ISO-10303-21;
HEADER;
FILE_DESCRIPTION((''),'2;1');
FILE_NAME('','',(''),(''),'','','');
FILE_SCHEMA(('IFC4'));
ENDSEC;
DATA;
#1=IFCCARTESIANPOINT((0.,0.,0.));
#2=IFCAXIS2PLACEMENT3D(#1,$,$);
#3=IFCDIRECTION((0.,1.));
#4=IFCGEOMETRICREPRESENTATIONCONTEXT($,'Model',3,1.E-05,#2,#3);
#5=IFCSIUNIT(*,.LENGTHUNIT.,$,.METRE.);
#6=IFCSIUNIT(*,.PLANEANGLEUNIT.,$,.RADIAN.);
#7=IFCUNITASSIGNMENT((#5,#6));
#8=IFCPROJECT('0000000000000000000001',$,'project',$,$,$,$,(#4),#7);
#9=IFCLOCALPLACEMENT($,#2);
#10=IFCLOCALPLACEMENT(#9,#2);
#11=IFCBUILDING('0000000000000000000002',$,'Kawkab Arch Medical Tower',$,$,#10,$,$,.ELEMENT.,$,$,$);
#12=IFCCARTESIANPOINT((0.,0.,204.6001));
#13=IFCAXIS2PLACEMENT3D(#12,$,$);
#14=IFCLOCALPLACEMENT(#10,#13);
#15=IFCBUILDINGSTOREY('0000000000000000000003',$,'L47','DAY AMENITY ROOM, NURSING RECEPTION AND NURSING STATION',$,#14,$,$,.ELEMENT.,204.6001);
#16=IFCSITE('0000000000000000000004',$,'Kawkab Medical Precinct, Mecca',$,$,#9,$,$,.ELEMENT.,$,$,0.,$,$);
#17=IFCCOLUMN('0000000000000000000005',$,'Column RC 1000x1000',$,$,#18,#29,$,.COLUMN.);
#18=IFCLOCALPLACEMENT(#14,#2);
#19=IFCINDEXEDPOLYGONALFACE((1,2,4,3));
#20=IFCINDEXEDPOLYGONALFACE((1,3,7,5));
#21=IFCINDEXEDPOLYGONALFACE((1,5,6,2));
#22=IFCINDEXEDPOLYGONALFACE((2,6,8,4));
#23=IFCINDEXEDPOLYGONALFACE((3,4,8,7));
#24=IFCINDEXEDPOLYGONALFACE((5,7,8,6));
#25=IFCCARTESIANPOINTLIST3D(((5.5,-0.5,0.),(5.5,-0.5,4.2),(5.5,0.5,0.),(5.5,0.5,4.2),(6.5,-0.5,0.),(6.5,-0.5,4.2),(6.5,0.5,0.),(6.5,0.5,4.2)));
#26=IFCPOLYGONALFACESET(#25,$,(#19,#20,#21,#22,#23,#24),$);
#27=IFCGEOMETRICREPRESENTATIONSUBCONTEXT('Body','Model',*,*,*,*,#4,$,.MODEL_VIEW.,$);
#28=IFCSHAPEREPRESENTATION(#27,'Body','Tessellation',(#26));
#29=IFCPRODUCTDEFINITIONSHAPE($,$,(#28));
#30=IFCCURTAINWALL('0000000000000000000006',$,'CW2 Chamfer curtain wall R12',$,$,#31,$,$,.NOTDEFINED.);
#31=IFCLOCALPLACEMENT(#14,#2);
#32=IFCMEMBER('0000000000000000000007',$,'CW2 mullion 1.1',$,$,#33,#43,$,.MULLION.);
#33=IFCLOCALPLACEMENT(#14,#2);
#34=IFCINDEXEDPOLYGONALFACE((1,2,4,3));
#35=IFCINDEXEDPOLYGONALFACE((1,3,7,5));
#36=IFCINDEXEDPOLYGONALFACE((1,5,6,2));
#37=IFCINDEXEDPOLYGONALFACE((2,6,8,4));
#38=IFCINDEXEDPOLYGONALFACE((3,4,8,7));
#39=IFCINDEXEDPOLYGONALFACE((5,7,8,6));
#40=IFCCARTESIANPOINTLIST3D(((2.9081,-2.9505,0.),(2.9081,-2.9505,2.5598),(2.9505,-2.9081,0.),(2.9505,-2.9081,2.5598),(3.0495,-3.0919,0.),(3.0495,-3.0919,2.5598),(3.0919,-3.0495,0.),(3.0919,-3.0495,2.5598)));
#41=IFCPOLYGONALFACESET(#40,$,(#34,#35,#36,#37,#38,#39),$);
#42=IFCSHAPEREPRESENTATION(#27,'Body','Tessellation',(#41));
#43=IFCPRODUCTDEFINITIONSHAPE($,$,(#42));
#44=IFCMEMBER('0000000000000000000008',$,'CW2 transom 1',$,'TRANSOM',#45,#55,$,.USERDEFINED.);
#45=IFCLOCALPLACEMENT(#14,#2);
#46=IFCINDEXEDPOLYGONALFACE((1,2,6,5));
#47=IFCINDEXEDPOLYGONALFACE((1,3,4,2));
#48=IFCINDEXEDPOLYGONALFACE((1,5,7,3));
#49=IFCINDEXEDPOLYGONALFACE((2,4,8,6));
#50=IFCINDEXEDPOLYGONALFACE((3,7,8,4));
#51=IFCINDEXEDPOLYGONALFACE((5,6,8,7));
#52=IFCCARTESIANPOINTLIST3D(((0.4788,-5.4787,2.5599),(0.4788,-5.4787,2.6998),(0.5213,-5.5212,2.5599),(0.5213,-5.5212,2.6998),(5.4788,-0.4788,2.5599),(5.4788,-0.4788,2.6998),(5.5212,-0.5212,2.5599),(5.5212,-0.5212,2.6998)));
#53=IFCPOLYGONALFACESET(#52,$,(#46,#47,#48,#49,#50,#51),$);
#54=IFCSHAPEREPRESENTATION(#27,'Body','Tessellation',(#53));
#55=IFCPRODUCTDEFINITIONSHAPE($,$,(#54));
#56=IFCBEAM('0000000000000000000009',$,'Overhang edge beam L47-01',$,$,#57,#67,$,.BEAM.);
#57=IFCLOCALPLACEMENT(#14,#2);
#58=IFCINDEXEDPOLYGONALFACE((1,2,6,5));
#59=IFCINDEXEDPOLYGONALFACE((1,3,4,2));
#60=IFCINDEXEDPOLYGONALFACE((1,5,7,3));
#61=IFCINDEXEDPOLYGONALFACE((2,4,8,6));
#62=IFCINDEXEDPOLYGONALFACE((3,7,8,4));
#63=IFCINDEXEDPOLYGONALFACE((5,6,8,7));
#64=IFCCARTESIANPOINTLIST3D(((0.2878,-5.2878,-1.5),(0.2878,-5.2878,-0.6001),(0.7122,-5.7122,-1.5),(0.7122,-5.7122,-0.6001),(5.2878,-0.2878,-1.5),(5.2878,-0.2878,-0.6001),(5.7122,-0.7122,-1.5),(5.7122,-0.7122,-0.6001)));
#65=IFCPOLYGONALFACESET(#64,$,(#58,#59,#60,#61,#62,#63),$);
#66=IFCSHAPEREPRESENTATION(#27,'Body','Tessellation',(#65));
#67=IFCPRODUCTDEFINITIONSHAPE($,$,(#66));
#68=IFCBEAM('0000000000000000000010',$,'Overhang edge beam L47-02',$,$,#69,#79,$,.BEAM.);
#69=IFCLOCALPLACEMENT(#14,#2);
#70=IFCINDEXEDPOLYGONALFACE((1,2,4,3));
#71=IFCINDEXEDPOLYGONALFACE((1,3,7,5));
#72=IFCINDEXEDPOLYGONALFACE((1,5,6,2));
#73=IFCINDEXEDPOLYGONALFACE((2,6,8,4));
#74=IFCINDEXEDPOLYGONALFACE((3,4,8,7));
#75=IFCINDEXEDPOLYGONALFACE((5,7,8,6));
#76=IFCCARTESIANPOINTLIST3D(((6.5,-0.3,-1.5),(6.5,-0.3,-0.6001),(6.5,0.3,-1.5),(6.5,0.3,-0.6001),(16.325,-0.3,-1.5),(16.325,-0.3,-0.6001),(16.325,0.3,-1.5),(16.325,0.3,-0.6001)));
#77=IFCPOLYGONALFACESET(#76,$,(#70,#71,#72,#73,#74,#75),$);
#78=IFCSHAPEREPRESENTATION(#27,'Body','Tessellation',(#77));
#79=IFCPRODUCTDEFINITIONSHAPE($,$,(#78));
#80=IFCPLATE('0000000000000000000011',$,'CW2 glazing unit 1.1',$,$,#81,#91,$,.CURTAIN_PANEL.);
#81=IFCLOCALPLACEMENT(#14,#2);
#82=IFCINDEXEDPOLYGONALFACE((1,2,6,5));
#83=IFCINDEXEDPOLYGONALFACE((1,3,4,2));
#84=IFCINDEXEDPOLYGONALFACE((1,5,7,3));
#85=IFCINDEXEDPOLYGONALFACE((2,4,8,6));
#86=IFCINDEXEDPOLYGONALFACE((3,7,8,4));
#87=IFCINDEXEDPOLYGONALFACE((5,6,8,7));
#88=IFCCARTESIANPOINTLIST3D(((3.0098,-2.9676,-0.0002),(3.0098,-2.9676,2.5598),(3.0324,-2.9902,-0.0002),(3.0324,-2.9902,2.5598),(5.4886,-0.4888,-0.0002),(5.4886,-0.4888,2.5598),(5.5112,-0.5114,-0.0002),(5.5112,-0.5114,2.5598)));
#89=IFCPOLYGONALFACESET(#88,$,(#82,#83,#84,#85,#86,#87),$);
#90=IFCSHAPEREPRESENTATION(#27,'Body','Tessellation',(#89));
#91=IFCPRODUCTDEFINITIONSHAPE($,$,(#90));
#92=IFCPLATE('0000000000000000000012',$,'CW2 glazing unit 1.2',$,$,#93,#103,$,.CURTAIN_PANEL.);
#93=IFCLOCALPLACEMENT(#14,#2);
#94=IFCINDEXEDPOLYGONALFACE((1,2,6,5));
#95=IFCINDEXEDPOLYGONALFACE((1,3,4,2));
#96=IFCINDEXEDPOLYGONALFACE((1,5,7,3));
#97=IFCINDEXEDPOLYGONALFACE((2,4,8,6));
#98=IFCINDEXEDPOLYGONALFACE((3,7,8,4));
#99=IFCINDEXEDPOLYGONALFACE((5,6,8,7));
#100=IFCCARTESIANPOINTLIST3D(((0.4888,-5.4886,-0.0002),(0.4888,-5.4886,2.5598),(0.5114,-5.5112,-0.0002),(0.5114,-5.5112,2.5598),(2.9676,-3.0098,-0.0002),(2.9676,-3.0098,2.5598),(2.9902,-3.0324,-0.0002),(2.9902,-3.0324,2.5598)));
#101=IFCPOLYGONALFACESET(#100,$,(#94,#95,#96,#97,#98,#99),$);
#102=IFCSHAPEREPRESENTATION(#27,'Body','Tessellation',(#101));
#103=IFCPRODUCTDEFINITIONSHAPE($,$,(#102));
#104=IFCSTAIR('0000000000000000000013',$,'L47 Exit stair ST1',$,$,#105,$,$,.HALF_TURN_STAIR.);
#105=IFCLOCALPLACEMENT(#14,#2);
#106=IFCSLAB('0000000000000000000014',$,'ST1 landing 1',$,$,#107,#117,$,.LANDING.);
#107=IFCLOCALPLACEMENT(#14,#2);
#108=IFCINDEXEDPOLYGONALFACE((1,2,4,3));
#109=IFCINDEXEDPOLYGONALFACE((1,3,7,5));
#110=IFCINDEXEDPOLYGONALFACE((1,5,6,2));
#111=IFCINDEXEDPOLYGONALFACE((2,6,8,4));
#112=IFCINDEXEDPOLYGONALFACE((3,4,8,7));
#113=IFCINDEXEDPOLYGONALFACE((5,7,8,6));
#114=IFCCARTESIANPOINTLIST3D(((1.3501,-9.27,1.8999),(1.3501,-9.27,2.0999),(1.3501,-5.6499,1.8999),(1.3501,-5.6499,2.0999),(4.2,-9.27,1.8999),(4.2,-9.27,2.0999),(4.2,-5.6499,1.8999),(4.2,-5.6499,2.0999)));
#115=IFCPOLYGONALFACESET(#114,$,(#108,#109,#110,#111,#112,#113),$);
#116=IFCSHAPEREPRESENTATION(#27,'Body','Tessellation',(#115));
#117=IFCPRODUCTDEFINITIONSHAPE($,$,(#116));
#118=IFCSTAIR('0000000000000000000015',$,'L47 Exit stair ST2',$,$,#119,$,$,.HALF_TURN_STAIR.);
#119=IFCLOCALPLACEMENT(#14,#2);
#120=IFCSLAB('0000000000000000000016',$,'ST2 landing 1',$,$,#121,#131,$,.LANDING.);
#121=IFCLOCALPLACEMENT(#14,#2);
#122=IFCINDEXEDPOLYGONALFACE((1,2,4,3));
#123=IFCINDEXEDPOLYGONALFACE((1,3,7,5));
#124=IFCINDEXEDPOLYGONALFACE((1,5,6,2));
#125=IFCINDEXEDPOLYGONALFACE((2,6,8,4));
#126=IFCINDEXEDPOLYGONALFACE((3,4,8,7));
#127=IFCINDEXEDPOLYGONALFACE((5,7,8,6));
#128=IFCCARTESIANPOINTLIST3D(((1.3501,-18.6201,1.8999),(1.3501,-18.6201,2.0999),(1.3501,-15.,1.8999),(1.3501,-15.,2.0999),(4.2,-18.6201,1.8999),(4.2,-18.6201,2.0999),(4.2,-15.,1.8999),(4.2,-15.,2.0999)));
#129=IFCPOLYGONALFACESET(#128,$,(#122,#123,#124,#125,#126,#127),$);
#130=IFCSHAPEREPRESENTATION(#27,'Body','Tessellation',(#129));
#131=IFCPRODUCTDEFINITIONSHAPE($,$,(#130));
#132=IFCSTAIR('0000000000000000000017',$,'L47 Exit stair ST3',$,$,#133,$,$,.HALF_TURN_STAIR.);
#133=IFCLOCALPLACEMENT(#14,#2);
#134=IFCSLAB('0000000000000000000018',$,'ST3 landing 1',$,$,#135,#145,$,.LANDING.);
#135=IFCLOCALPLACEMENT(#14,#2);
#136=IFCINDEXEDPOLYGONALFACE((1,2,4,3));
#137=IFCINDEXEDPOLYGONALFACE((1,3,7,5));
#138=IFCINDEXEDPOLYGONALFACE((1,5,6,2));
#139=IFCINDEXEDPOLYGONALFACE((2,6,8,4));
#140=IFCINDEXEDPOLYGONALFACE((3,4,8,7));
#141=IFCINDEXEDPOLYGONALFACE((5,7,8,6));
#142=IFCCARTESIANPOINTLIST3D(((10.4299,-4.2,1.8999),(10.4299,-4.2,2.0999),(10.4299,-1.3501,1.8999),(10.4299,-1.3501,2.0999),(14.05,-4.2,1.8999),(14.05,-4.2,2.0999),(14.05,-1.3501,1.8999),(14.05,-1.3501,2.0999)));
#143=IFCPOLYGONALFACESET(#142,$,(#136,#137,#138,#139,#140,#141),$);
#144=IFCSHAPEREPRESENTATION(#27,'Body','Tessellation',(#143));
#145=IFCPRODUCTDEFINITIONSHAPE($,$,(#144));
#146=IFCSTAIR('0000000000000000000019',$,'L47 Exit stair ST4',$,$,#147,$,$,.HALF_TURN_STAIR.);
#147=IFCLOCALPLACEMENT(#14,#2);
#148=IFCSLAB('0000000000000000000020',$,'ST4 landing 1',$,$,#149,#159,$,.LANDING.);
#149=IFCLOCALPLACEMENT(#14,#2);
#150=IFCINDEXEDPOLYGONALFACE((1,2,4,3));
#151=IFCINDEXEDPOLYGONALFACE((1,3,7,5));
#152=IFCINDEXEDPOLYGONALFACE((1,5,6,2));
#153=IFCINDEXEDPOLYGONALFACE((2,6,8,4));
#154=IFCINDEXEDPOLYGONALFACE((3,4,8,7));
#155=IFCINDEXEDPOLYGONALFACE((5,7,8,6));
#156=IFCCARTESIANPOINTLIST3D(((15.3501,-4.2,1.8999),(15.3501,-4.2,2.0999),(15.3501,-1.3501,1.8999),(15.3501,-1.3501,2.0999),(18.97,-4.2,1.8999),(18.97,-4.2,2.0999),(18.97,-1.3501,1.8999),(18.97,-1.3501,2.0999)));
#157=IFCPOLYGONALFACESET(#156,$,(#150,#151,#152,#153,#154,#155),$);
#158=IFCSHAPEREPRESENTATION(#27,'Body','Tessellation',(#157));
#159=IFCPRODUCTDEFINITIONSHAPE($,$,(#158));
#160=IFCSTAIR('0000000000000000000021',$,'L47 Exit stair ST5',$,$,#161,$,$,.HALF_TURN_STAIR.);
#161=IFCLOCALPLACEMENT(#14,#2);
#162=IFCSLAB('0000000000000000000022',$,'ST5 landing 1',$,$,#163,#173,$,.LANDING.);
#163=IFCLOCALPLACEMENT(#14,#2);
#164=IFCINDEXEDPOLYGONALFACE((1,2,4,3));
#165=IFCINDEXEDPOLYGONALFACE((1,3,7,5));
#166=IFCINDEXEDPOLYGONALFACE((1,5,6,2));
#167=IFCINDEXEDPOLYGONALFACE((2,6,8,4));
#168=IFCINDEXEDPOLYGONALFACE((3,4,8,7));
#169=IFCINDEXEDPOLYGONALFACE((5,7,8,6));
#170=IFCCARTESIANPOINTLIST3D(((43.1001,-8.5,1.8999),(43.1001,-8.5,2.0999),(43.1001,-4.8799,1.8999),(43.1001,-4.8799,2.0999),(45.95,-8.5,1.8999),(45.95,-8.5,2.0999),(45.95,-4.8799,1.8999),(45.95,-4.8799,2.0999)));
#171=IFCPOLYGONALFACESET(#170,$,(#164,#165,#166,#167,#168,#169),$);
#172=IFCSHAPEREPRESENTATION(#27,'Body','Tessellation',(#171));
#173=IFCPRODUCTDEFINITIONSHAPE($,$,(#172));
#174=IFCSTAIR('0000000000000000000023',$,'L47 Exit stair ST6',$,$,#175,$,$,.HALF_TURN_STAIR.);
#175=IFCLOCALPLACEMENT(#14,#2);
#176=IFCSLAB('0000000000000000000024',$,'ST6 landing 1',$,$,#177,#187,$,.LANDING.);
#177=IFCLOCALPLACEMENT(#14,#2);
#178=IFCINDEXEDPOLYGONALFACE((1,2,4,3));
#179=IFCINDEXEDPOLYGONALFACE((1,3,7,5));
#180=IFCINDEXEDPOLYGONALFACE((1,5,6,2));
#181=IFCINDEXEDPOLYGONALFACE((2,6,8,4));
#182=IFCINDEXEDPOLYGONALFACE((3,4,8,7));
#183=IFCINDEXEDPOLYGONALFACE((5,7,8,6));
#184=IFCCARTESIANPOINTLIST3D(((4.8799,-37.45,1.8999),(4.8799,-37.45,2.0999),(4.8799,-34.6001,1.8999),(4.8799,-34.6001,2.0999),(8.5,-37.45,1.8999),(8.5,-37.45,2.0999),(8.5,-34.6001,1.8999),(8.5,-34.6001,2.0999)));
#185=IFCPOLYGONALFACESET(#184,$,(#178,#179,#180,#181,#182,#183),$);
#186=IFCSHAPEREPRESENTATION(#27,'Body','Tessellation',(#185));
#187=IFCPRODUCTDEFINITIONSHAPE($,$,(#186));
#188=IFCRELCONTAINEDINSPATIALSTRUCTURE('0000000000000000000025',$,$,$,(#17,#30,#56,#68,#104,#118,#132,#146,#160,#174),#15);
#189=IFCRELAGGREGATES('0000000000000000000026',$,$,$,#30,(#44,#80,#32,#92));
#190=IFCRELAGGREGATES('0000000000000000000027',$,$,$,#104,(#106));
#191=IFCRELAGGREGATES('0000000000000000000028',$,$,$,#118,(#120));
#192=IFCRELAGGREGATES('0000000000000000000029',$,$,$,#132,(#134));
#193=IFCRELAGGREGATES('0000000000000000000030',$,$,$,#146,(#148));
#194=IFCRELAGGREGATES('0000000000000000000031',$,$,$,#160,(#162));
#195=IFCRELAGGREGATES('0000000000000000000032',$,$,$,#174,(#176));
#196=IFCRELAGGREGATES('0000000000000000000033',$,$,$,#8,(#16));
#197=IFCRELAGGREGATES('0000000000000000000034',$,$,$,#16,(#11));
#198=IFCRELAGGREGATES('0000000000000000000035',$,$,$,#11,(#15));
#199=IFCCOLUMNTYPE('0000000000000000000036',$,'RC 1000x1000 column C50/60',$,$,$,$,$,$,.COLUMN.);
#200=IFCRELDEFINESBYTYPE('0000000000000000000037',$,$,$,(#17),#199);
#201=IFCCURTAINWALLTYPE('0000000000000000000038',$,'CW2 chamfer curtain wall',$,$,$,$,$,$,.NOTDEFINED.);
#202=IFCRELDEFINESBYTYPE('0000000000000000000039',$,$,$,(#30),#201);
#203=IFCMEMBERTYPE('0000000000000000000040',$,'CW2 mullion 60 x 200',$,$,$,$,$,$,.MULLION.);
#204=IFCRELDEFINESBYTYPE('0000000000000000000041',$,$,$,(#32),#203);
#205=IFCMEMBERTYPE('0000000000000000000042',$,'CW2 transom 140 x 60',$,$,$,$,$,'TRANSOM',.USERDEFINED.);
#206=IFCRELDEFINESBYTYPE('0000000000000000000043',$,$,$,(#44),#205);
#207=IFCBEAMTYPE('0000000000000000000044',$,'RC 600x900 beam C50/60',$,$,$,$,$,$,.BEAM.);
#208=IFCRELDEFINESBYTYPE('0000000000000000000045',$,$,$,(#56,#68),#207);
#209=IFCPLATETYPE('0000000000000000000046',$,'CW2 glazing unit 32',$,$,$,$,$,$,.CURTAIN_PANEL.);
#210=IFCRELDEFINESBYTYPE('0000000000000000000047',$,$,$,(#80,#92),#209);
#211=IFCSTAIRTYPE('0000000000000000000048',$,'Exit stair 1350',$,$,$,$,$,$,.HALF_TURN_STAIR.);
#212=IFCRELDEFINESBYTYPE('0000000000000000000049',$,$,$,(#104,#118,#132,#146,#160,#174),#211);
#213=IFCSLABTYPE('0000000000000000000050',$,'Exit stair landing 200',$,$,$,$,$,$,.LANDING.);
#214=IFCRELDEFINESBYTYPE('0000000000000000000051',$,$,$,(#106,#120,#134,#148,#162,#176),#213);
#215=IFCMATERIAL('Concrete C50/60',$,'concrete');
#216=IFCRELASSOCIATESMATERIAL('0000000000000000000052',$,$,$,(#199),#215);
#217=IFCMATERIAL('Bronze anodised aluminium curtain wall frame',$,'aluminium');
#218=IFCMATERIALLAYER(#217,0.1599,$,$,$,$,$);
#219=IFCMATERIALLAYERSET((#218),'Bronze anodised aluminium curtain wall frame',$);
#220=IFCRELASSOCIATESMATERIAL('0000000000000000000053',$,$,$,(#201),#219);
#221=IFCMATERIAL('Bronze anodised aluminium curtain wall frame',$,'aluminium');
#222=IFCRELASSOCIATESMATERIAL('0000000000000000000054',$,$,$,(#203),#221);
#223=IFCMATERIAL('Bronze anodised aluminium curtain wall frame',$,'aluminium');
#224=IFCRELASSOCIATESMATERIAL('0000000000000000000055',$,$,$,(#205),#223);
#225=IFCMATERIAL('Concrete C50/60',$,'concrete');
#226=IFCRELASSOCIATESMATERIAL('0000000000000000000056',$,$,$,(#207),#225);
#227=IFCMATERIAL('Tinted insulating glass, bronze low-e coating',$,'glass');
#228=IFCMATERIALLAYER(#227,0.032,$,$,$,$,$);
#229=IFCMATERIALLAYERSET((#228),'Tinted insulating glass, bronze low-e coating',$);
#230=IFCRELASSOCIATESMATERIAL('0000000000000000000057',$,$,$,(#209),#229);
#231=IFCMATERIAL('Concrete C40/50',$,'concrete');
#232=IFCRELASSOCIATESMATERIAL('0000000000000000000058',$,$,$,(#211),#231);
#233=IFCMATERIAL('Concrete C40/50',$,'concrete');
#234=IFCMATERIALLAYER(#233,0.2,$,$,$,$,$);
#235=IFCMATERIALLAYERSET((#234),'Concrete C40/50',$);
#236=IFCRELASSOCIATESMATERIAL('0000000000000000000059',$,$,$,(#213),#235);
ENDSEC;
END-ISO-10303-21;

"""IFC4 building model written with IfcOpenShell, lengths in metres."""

from ifc_helpers import new_model, si_unit, direction, frame, origin, origin_2d, place, context, subcontext, project, spatial, polyline, rectangle, outline, extrude, material, layer, layer_set, material_profile, profile_set, type_object, element, aggregate, save


model = new_model("IFC4")

# Units and contexts
model_context = context("Model", 3, precision=1e-05, world=origin(), true_north=direction((0.0, 1.0)))
body_context = subcontext(model_context, "Body", "Model", "MODEL_VIEW")
ifc_project = project(units=[si_unit("LENGTHUNIT", "METRE"), si_unit("PLANEANGLEUNIT", "RADIAN")], contexts=[model_context])

# Site, building, storey
site_placement = place(None, origin())
site = spatial("IfcSite", under=ifc_project, at=site_placement, Name="Kawkab Medical Precinct, Mecca", CompositionType="ELEMENT", RefElevation=0.0)
building_placement = place(site_placement, origin())
building = spatial("IfcBuilding", under=site, at=building_placement, Name="Kawkab Arch Medical Tower", CompositionType="ELEMENT")
storey_placement = place(building_placement, frame((0.0, 0.0, 204.6001)))
storey = spatial("IfcBuildingStorey", under=building, at=storey_placement, Name="L47", Description="DAY AMENITY ROOM, NURSING RECEPTION AND NURSING STATION", CompositionType="ELEMENT", Elevation=204.6001)

# Column
ifc_material_1 = material(Name="Concrete C50/60", Category="concrete")
ifc_material_profile_1 = material_profile(ifc_material_1, rectangle(XDim=1.0, YDim=1.0, at=origin_2d()), Name="RC 1000x1000")
ifc_profile_set_1 = profile_set([ifc_material_profile_1], Name="Concrete C50/60")
column_type = type_object("IfcColumnType", Name="RC 1000x1000 column C50/60", PredefinedType="COLUMN", material=ifc_profile_set_1)
column_placement = place(storey_placement, frame((6.0, 0.0, 0.0), z_axis=(0.0, 0.0, 1.0), x_axis=(1.0, 0.0, 0.0)))
element("IfcColumn", 1, at=column_placement, inside=storey, type_object=column_type, Name="Column RC 1000x1000", PredefinedType="COLUMN", context=body_context, shape_type="SweptSolid", body=[
    extrude(rectangle(XDim=1.0, YDim=1.0, at=origin_2d()), origin(), (0.0, 0.0, 1.0), 4.2),
])

# Curtain wall, members
ifc_material_2 = material(Name="Bronze anodised aluminium curtain wall frame", Category="aluminium")
ifc_layer_1 = layer(ifc_material_2, 0.1599)
ifc_layer_set_1 = layer_set([ifc_layer_1], Name="Bronze anodised aluminium curtain wall frame")
curtain_wall_type = type_object("IfcCurtainWallType", Name="CW2 chamfer curtain wall", PredefinedType="NOTDEFINED", material=ifc_layer_set_1)
placement_1 = place(storey_placement, origin())
curtain_wall = element("IfcCurtainWall", 2, at=placement_1, inside=storey, type_object=curtain_wall_type, Name="CW2 Chamfer curtain wall R12", PredefinedType="NOTDEFINED")
ifc_material_3 = material(Name="Bronze anodised aluminium curtain wall frame", Category="aluminium")
ifc_material_profile_2 = material_profile(ifc_material_3, rectangle(XDim=0.2, YDim=0.0601, at=origin_2d()), Name="AL 60x200")
ifc_profile_set_2 = profile_set([ifc_material_profile_2], Name="Bronze anodised aluminium curtain wall frame")
member_type_1 = type_object("IfcMemberType", Name="CW2 mullion 60 x 200", PredefinedType="MULLION", material=ifc_profile_set_2)
member_1_placement = place(storey_placement, frame((3.0, -3.0, 0.0), z_axis=(0.0, 0.0, 1.0), x_axis=(0.707107, -0.707107, 0.0)))
member_1 = element("IfcMember", 3, at=member_1_placement, type_object=member_type_1, Name="CW2 mullion 1.1", PredefinedType="MULLION", context=body_context, shape_type="SweptSolid", body=[
    extrude(rectangle(XDim=0.2, YDim=0.0601, at=origin_2d()), origin(), (0.0, 0.0, 1.0), 2.5598),
])
ifc_material_4 = material(Name="Bronze anodised aluminium curtain wall frame", Category="aluminium")
ifc_material_profile_3 = material_profile(ifc_material_4, rectangle(XDim=0.0601, YDim=0.1399, at=origin_2d()), Name="AL 60x140")
ifc_profile_set_3 = profile_set([ifc_material_profile_3], Name="Bronze anodised aluminium curtain wall frame")
member_type_2 = type_object("IfcMemberType", Name="CW2 transom 140 x 60", ElementType="TRANSOM", PredefinedType="USERDEFINED", material=ifc_profile_set_3)
member_2_placement = place(storey_placement, frame((5.5, -0.5, 2.6299), z_axis=(-0.707107, -0.707107, 0.0), x_axis=(0.707107, -0.707107, 0.0)))
member_2 = element("IfcMember", 4, at=member_2_placement, type_object=member_type_2, Name="CW2 transom 1", ObjectType="TRANSOM", PredefinedType="USERDEFINED", context=body_context, shape_type="SweptSolid", body=[
    extrude(rectangle(XDim=0.0601, YDim=0.1399, at=origin_2d()), origin(), (0.0, 0.0, 1.0), 7.071),
])

# Beams
ifc_material_5 = material(Name="Concrete C50/60", Category="concrete")
ifc_material_profile_4 = material_profile(ifc_material_5, rectangle(XDim=0.6001, YDim=0.8999, at=origin_2d()), Name="RC 600x900")
ifc_profile_set_4 = profile_set([ifc_material_profile_4], Name="Concrete C50/60")
beam_type = type_object("IfcBeamType", Name="RC 600x900 beam C50/60", PredefinedType="BEAM", material=ifc_profile_set_4)
beam_1_placement = place(storey_placement, frame((0.5, -5.5, -1.05), z_axis=(0.707107, 0.707107, 0.0), x_axis=(-0.707107, 0.707107, 0.0)))
element("IfcBeam", 5, at=beam_1_placement, inside=storey, type_object=beam_type, Name="Overhang edge beam L47-01", PredefinedType="BEAM", context=body_context, shape_type="SweptSolid", body=[
    extrude(rectangle(XDim=0.6001, YDim=0.8999, at=origin_2d()), origin(), (0.0, 0.0, 1.0), 7.071),
])
beam_2_placement = place(storey_placement, frame((6.5, 0.0, -1.05), z_axis=(1.0, 0.0, 0.0), x_axis=(0.0, 1.0, 0.0)))
element("IfcBeam", 6, at=beam_2_placement, inside=storey, type_object=beam_type, Name="Overhang edge beam L47-02", PredefinedType="BEAM", context=body_context, shape_type="SweptSolid", body=[
    extrude(rectangle(XDim=0.6001, YDim=0.8999, at=origin_2d()), origin(), (0.0, 0.0, 1.0), 9.825),
])

# Plates
ifc_material_6 = material(Name="Tinted insulating glass, bronze low-e coating", Category="glass")
ifc_layer_2 = layer(ifc_material_6, 0.032)
ifc_layer_set_2 = layer_set([ifc_layer_2], Name="Tinted insulating glass, bronze low-e coating")
plate_type = type_object("IfcPlateType", Name="CW2 glazing unit 32", PredefinedType="CURTAIN_PANEL", material=ifc_layer_set_2)
plate_1_placement = place(storey_placement, frame((4.2605, -1.7395, -0.0002), z_axis=(0.0, 0.0, 1.0), x_axis=(-0.707107, -0.707107, 0.0)))
plate_1 = element("IfcPlate", 7, at=plate_1_placement, type_object=plate_type, Name="CW2 glazing unit 1.1", PredefinedType="CURTAIN_PANEL", context=body_context, shape_type="SweptSolid", body=[
    extrude(rectangle(XDim=3.5056, YDim=0.032, at=origin_2d()), origin(), (0.0, 0.0, 1.0), 2.5601),
])
plate_2_placement = place(storey_placement, frame((1.7395, -4.2605, -0.0002), z_axis=(0.0, 0.0, 1.0), x_axis=(-0.707107, -0.707107, 0.0)))
plate_2 = element("IfcPlate", 8, at=plate_2_placement, type_object=plate_type, Name="CW2 glazing unit 1.2", PredefinedType="CURTAIN_PANEL", context=body_context, shape_type="SweptSolid", body=[
    extrude(rectangle(XDim=3.5056, YDim=0.032, at=origin_2d()), origin(), (0.0, 0.0, 1.0), 2.5601),
])
aggregate(curtain_wall, [member_2, plate_1, member_1, plate_2])

# Stairs, slabs
ifc_material_7 = material(Name="Concrete C40/50", Category="concrete")
stair_type = type_object("IfcStairType", Name="Exit stair 1350", PredefinedType="HALF_TURN_STAIR", material=ifc_material_7)
stair_1 = element("IfcStair", 9, at=placement_1, inside=storey, type_object=stair_type, Name="L47 Exit stair ST1", PredefinedType="HALF_TURN_STAIR")
ifc_material_8 = material(Name="Concrete C40/50", Category="concrete")
ifc_layer_3 = layer(ifc_material_8, 0.2)
ifc_layer_set_3 = layer_set([ifc_layer_3], Name="Concrete C40/50")
slab_type_1 = type_object("IfcSlabType", Name="Exit stair landing 200", PredefinedType="LANDING", material=ifc_layer_set_3)
placement_2 = place(storey_placement, frame((0.0, 0.0, 1.8999)))
slab_1 = element("IfcSlab", 10, at=placement_2, type_object=slab_type_1, Name="ST1 landing 1", PredefinedType="LANDING", context=body_context, shape_type="SweptSolid", body=[
    extrude(outline(polyline([(4.2, -9.27), (4.2, -5.6499), (1.3501, -5.6499), (1.3501, -9.27), (4.2, -9.27)])), origin(), (0.0, 0.0, 1.0), 0.2),
])
aggregate(stair_1, [slab_1])
stair_2 = element("IfcStair", 11, at=placement_1, inside=storey, type_object=stair_type, Name="L47 Exit stair ST2", PredefinedType="HALF_TURN_STAIR")
slab_2 = element("IfcSlab", 12, at=placement_2, type_object=slab_type_1, Name="ST2 landing 1", PredefinedType="LANDING", context=body_context, shape_type="SweptSolid", body=[
    extrude(outline(polyline([(4.2, -18.6201), (4.2, -15.0), (1.3501, -15.0), (1.3501, -18.6201), (4.2, -18.6201)])), origin(), (0.0, 0.0, 1.0), 0.2),
])
aggregate(stair_2, [slab_2])
stair_3 = element("IfcStair", 13, at=placement_1, inside=storey, type_object=stair_type, Name="L47 Exit stair ST3", PredefinedType="HALF_TURN_STAIR")
slab_3 = element("IfcSlab", 14, at=placement_2, type_object=slab_type_1, Name="ST3 landing 1", PredefinedType="LANDING", context=body_context, shape_type="SweptSolid", body=[
    extrude(outline(polyline([(10.4299, -4.2), (14.05, -4.2), (14.05, -1.3501), (10.4299, -1.3501), (10.4299, -4.2)])), origin(), (0.0, 0.0, 1.0), 0.2),
])
aggregate(stair_3, [slab_3])
stair_4 = element("IfcStair", 15, at=placement_1, inside=storey, type_object=stair_type, Name="L47 Exit stair ST4", PredefinedType="HALF_TURN_STAIR")
slab_4 = element("IfcSlab", 16, at=placement_2, type_object=slab_type_1, Name="ST4 landing 1", PredefinedType="LANDING", context=body_context, shape_type="SweptSolid", body=[
    extrude(outline(polyline([(18.97, -1.3501), (15.3501, -1.3501), (15.3501, -4.2), (18.97, -4.2), (18.97, -1.3501)])), origin(), (0.0, 0.0, 1.0), 0.2),
])
aggregate(stair_4, [slab_4])
stair_5 = element("IfcStair", 17, at=placement_1, inside=storey, type_object=stair_type, Name="L47 Exit stair ST5", PredefinedType="HALF_TURN_STAIR")
slab_5 = element("IfcSlab", 18, at=placement_2, type_object=slab_type_1, Name="ST5 landing 1", PredefinedType="LANDING", context=body_context, shape_type="SweptSolid", body=[
    extrude(outline(polyline([(43.1001, -4.8799), (43.1001, -8.5), (45.95, -8.5), (45.95, -4.8799), (43.1001, -4.8799)])), origin(), (0.0, 0.0, 1.0), 0.2),
])
aggregate(stair_5, [slab_5])
stair_6 = element("IfcStair", 19, at=placement_1, inside=storey, type_object=stair_type, Name="L47 Exit stair ST6", PredefinedType="HALF_TURN_STAIR")
slab_6 = element("IfcSlab", 20, at=placement_2, type_object=slab_type_1, Name="ST6 landing 1", PredefinedType="LANDING", context=body_context, shape_type="SweptSolid", body=[
    extrude(outline(polyline([(4.8799, -37.45), (8.5, -37.45), (8.5, -34.6001), (4.8799, -34.6001), (4.8799, -37.45)])), origin(), (0.0, 0.0, 1.0), 0.2),
])
aggregate(stair_6, [slab_6])

save(model, "model.ifc")
